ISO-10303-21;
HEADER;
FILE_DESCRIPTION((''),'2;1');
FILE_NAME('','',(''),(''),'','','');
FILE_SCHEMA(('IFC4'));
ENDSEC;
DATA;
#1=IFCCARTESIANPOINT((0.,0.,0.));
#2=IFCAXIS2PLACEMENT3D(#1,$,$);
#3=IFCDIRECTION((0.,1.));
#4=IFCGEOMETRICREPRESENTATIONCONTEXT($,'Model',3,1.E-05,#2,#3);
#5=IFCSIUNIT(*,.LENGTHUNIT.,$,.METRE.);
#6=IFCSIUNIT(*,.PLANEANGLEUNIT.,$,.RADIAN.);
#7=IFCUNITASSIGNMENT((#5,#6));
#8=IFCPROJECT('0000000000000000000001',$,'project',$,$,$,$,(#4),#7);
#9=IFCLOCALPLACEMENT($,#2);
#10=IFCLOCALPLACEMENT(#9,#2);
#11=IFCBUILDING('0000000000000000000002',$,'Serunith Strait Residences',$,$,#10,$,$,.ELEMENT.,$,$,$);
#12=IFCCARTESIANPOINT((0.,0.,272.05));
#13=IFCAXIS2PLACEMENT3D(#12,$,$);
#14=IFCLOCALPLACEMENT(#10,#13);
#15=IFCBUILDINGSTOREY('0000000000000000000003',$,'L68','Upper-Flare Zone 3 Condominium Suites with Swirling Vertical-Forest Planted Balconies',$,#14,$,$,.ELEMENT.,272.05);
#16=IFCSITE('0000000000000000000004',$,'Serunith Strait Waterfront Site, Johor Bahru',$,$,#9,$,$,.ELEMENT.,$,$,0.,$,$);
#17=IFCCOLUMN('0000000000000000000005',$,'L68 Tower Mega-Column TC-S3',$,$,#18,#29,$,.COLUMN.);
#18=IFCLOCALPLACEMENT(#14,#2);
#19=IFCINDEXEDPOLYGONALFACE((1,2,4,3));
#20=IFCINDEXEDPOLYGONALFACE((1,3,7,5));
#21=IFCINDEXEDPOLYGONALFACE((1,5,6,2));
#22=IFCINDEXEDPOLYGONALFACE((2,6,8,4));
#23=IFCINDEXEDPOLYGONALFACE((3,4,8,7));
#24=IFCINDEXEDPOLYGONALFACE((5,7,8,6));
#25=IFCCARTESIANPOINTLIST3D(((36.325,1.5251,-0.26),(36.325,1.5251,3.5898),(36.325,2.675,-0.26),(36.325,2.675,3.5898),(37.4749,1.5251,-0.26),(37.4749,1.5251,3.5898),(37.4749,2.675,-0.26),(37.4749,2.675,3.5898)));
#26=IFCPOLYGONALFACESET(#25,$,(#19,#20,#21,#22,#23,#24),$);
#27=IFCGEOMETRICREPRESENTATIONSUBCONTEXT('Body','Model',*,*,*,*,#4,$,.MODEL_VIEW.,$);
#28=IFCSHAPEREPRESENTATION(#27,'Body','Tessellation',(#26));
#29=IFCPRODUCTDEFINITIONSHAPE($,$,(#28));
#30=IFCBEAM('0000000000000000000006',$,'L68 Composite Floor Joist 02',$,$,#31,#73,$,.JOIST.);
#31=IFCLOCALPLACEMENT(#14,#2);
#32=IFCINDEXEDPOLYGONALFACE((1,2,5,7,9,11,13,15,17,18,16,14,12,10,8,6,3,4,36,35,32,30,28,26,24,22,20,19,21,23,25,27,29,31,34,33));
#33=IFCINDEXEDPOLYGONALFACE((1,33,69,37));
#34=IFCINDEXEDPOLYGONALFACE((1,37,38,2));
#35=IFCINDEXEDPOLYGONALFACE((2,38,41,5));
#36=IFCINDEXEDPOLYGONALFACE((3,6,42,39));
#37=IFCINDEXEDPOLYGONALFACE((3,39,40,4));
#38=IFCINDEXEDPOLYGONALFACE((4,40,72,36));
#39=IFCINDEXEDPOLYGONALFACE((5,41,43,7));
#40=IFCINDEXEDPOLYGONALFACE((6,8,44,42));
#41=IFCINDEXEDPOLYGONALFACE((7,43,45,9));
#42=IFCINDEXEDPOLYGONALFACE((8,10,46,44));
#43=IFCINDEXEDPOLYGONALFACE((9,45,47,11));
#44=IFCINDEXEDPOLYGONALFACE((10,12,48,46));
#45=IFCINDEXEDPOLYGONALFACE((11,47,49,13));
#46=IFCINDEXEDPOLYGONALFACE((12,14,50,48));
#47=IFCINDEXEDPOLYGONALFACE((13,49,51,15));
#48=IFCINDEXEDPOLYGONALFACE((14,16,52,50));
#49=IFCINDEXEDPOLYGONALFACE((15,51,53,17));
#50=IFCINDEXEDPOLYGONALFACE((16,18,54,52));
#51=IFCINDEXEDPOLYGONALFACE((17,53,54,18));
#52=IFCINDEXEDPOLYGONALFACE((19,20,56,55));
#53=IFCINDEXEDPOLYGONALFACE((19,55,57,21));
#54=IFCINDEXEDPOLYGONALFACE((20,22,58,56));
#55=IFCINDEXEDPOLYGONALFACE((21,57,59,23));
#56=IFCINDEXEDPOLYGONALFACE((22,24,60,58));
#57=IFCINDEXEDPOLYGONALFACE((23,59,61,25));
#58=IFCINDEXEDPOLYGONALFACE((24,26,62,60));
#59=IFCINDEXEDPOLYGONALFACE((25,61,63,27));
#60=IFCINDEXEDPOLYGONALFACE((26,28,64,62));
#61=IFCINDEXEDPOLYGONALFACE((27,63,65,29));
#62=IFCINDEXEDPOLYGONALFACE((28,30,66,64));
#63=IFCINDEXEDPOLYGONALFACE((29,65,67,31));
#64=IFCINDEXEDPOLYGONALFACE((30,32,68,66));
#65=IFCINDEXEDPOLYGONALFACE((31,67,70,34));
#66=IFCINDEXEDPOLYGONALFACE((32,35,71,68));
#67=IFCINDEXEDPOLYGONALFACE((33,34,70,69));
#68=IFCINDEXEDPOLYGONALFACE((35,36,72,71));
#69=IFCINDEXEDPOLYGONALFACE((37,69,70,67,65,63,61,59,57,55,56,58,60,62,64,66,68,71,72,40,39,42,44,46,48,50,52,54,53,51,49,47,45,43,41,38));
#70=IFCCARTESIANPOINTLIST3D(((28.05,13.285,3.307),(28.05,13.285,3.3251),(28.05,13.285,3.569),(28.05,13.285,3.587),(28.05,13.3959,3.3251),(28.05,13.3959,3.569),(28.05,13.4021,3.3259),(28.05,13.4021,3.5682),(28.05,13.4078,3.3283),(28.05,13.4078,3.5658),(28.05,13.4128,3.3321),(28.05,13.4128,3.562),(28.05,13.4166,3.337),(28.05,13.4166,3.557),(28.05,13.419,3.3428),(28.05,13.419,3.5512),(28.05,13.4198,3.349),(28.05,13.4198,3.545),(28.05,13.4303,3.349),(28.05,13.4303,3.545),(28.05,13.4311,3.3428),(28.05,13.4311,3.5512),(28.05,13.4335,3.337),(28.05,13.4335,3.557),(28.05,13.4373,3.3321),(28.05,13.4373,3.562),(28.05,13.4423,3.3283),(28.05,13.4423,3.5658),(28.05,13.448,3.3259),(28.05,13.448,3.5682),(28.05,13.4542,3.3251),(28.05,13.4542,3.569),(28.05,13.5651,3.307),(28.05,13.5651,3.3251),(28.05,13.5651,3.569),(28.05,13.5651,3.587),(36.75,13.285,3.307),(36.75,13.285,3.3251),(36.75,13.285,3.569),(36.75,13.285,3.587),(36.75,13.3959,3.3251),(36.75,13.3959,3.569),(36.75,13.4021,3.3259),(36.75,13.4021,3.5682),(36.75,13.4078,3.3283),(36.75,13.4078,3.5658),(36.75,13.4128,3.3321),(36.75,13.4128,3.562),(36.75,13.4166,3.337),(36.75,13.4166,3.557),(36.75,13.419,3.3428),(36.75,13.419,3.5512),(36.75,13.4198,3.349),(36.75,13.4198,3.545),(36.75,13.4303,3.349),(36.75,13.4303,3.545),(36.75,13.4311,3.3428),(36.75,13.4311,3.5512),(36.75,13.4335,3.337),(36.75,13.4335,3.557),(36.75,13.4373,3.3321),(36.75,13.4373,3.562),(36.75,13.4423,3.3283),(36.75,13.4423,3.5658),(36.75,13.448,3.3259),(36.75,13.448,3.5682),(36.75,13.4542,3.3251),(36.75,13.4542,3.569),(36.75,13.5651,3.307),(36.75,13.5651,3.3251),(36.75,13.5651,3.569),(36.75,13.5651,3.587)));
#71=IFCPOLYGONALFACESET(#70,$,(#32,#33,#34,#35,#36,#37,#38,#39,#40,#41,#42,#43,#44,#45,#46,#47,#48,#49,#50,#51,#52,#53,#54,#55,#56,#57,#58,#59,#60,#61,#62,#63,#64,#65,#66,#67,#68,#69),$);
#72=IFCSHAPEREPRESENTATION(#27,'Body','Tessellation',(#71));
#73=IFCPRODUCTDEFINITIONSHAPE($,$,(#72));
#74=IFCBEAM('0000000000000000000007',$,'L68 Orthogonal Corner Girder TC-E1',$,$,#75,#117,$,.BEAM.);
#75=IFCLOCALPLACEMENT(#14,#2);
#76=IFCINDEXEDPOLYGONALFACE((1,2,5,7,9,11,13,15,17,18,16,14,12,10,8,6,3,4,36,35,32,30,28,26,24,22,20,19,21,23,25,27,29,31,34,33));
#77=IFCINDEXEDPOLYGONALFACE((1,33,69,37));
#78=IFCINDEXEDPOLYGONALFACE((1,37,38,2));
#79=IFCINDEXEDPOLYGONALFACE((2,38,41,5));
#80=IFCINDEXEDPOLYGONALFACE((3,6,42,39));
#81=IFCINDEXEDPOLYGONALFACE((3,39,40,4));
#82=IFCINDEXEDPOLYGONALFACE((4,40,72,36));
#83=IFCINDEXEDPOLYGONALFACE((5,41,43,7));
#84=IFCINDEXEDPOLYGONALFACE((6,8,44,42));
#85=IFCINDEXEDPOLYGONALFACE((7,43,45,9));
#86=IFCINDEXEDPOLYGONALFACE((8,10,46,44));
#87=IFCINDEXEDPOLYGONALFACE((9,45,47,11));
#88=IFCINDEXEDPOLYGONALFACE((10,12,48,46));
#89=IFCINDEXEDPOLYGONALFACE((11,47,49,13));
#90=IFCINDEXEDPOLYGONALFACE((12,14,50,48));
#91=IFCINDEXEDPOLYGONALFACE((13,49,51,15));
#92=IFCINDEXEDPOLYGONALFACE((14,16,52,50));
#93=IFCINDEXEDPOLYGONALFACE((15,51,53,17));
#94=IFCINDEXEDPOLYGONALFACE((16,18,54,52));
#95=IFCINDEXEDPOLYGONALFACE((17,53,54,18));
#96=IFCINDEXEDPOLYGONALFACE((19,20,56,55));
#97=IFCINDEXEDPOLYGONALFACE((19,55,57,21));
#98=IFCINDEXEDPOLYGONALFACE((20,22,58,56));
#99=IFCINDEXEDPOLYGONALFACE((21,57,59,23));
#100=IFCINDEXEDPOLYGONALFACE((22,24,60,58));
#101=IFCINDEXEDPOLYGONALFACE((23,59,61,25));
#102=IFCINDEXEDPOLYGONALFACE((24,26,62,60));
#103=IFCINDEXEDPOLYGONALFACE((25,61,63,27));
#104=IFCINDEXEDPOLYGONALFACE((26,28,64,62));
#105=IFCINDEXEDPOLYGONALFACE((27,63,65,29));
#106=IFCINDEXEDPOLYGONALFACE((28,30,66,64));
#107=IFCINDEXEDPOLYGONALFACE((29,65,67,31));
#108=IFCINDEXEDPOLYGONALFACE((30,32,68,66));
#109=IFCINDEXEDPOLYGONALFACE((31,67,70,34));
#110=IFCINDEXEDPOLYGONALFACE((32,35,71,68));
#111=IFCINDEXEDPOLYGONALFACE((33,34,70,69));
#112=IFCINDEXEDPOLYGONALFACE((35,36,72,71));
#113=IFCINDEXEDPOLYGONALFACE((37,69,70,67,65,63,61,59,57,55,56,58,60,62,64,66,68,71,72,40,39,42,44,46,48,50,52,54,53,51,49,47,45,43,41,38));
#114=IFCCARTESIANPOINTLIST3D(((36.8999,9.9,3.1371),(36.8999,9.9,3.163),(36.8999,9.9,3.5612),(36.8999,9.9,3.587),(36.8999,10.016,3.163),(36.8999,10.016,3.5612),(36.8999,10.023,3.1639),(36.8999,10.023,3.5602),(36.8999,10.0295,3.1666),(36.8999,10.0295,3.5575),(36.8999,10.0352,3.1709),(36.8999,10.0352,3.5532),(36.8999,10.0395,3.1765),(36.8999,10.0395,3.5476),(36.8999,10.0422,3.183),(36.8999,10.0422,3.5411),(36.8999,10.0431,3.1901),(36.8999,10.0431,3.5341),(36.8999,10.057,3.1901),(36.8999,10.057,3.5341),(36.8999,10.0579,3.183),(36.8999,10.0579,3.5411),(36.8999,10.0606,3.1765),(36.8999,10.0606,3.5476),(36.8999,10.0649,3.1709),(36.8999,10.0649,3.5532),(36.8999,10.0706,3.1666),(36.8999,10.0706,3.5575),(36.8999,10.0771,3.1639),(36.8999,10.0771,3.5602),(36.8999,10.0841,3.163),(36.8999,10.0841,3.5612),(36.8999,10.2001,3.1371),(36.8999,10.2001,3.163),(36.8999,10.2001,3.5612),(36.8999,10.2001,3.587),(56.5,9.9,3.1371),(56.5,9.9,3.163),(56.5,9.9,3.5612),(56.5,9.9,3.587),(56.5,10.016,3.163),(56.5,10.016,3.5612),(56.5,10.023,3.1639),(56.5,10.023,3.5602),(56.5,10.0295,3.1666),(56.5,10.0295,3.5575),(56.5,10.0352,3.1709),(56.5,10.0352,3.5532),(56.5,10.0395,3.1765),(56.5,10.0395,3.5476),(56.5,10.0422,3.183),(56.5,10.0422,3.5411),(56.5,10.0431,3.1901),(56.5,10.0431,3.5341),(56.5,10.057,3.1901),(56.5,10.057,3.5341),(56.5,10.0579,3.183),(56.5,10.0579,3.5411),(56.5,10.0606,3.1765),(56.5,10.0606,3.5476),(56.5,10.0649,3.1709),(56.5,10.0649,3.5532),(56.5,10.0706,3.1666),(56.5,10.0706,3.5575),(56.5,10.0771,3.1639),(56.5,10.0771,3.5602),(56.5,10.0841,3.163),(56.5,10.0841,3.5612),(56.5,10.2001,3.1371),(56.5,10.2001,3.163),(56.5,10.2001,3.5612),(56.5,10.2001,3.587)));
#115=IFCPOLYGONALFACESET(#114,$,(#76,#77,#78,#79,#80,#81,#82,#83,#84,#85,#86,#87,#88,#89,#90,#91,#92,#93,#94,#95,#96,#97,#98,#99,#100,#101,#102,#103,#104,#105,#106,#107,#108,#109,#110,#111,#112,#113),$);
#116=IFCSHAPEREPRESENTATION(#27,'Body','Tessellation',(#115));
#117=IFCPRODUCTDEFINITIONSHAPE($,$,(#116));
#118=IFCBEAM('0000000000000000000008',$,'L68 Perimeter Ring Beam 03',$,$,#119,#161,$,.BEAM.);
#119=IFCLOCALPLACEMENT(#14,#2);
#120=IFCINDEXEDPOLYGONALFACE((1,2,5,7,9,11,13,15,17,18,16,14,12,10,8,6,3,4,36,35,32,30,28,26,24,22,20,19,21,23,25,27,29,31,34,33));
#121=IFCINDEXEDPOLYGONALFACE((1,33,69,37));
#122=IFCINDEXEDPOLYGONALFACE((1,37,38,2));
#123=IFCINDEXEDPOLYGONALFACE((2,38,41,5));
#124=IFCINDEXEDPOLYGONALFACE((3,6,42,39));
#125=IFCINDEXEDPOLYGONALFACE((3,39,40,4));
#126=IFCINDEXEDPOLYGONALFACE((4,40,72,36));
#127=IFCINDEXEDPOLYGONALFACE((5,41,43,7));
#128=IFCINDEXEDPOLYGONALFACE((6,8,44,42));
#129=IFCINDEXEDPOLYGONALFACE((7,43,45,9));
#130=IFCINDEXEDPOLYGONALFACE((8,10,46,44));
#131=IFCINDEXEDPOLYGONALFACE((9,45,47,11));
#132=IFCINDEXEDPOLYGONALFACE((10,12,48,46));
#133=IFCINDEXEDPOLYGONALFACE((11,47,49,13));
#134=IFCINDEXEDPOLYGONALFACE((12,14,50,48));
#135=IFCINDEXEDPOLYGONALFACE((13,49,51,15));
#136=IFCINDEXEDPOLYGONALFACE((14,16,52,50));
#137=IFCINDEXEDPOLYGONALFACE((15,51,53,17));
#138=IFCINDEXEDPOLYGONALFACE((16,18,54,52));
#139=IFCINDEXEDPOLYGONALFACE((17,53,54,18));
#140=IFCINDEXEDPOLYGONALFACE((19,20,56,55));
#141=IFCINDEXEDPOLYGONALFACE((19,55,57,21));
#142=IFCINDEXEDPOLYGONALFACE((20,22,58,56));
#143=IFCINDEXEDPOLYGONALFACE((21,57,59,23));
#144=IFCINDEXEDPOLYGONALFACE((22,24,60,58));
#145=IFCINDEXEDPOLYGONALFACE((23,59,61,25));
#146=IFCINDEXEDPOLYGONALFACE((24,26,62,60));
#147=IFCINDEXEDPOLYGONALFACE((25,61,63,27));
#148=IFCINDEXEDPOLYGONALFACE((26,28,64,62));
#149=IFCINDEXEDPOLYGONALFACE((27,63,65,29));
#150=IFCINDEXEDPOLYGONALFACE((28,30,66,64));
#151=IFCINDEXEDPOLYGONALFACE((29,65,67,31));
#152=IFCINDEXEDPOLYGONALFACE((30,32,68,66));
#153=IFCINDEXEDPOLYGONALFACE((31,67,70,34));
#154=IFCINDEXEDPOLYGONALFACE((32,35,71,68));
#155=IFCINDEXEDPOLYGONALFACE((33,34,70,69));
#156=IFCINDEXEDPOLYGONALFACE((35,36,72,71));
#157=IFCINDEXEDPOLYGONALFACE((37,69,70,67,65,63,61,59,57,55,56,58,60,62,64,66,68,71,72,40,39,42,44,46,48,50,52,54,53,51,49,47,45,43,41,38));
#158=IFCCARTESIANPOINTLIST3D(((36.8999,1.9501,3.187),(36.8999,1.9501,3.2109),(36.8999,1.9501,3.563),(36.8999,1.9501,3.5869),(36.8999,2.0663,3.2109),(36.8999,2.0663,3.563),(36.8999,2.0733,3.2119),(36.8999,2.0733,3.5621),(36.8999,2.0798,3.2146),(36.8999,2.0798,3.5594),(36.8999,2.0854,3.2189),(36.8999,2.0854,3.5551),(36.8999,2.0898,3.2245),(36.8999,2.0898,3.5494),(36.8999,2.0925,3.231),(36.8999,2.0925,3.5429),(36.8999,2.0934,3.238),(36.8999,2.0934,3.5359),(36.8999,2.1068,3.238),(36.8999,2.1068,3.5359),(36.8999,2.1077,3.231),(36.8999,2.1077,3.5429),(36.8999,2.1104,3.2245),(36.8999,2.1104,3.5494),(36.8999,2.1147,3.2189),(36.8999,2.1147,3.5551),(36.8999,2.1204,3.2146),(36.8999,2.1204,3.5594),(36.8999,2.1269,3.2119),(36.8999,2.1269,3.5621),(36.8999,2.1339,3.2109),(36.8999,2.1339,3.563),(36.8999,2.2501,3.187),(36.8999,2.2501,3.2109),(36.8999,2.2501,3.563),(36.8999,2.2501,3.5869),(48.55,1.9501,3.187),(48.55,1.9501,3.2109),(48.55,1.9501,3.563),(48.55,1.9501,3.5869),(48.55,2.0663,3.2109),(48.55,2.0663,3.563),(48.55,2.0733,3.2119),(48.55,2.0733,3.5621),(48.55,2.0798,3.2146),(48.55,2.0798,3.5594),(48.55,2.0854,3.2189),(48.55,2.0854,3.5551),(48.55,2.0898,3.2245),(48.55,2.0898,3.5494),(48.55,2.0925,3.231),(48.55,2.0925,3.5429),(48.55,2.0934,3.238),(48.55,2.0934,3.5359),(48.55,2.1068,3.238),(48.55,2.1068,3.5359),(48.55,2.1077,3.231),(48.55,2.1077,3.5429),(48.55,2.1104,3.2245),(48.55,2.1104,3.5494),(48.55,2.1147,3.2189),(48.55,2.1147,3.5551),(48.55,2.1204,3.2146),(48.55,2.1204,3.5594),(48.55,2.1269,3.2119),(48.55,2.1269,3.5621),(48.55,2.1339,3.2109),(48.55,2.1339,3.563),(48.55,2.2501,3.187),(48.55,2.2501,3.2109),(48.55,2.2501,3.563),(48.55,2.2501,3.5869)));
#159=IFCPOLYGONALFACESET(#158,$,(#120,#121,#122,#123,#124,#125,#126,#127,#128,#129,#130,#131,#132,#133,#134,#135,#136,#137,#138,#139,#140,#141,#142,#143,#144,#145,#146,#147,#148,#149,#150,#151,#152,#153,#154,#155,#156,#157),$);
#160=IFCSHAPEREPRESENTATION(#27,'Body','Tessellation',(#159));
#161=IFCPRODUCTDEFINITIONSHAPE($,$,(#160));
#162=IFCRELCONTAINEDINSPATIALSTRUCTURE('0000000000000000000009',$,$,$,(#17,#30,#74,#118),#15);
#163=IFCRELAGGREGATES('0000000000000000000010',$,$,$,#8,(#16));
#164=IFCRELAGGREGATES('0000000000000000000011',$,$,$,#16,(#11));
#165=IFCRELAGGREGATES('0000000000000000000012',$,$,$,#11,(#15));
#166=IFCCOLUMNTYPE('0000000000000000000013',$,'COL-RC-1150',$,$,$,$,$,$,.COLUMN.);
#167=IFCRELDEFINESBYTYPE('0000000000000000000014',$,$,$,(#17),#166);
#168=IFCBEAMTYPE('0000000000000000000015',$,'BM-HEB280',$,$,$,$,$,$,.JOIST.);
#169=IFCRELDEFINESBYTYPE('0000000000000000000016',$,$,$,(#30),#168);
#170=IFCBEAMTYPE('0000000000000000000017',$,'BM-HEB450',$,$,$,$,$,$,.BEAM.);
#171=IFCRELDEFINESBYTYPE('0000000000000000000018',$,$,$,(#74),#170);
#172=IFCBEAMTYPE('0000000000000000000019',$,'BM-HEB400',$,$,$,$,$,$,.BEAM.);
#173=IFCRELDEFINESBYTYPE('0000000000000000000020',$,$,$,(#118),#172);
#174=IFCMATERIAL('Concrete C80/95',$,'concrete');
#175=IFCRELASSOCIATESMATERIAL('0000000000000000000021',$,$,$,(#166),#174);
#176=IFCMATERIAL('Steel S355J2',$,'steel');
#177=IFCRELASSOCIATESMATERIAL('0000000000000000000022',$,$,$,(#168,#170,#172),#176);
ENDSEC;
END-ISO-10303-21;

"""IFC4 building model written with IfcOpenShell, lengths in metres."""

from ifc_helpers import new_model, si_unit, direction, frame, origin, origin_2d, place, context, subcontext, project, spatial, rectangle, i_section, extrude, source, transform, mapped, material, material_profile, profile_set, type_object, element, save


model = new_model("IFC4")

# Units and contexts
model_context = context("Model", 3, precision=1e-05, world=origin(), true_north=direction((0.0, 1.0)))
body_context = subcontext(model_context, "Body", "Model", "MODEL_VIEW")
ifc_project = project(units=[si_unit("LENGTHUNIT", "METRE"), si_unit("PLANEANGLEUNIT", "RADIAN")], contexts=[model_context])

# Site, building, storey
site_placement = place(None, origin())
site = spatial("IfcSite", under=ifc_project, at=site_placement, Name="Serunith Strait Waterfront Site, Johor Bahru", CompositionType="ELEMENT", RefElevation=0.0)
building_placement = place(site_placement, origin())
building = spatial("IfcBuilding", under=site, at=building_placement, Name="Serunith Strait Residences", CompositionType="ELEMENT")
storey_placement = place(building_placement, frame((0.0, 0.0, 272.05)))
storey = spatial("IfcBuildingStorey", under=building, at=storey_placement, Name="L68", Description="Upper-Flare Zone 3 Condominium Suites with Swirling Vertical-Forest Planted Balconies", CompositionType="ELEMENT", Elevation=272.05)

# Column
ifc_material_1 = material(Name="Concrete C80/95", Category="concrete")
ifc_material_profile_1 = material_profile(ifc_material_1, rectangle(XDim=1.1499, YDim=1.1499, at=origin_2d()), Name="RC 1150x1150")
ifc_profile_set_1 = profile_set([ifc_material_profile_1], Name="Concrete C80/95")
column_type = type_object("IfcColumnType", Name="COL-RC-1150", PredefinedType="COLUMN", material=ifc_profile_set_1)
shared_shape_1 = source(origin(), body_context, "Body", "SweptSolid", [
    extrude(rectangle(XDim=1.1499, YDim=1.1499, at=origin_2d()), origin(), (0.0, 0.0, 1.0), 3.8499),
])
column_placement = place(storey_placement, frame((36.8999, 2.1001, -0.26), z_axis=(0.0, 0.0, 1.0), x_axis=(1.0, 0.0, 0.0)))
element("IfcColumn", 1, at=column_placement, inside=storey, type_object=column_type, Name="L68 Tower Mega-Column TC-S3", PredefinedType="COLUMN", context=body_context, shape_type="MappedRepresentation", body=[
    mapped(shared_shape_1, transform((0.0, 0.0, 0.0), scale=1.0)),
])

# Beams
ifc_material_2 = material(Name="Steel S355J2", Category="steel")
ifc_material_profile_2 = material_profile(ifc_material_2, i_section(OverallWidth=0.28, OverallDepth=0.28, WebThickness=0.0105, FlangeThickness=0.0181, FilletRadius=0.0239, at=origin_2d()), Name="HEB 280")
ifc_profile_set_2 = profile_set([ifc_material_profile_2], Name="Steel S355J2")
beam_type_1 = type_object("IfcBeamType", Name="BM-HEB280", PredefinedType="JOIST", material=ifc_profile_set_2)
shared_shape_2 = source(origin(), body_context, "Body", "SweptSolid", [
    extrude(i_section(OverallWidth=0.28, OverallDepth=0.28, WebThickness=0.0105, FlangeThickness=0.0181, FilletRadius=0.0239, at=origin_2d()), origin(), (0.0, 0.0, 1.0), 8.7),
])
beam_1_placement = place(storey_placement, frame((28.05, 13.425, 3.447), z_axis=(1.0, 0.0, 0.0), x_axis=(0.0, 1.0, 0.0)))
element("IfcBeam", 2, at=beam_1_placement, inside=storey, type_object=beam_type_1, Name="L68 Composite Floor Joist 02", PredefinedType="JOIST", context=body_context, shape_type="MappedRepresentation", body=[
    mapped(shared_shape_2, transform((0.0, 0.0, 0.0), scale=1.0)),
])
ifc_material_profile_3 = material_profile(ifc_material_2, i_section(OverallWidth=0.3, OverallDepth=0.45, WebThickness=0.0139, FlangeThickness=0.0259, FilletRadius=0.0271, at=origin_2d()), Name="HEB 450")
ifc_profile_set_3 = profile_set([ifc_material_profile_3], Name="Steel S355J2")
beam_type_2 = type_object("IfcBeamType", Name="BM-HEB450", PredefinedType="BEAM", material=ifc_profile_set_3)
shared_shape_3 = source(origin(), body_context, "Body", "SweptSolid", [
    extrude(i_section(OverallWidth=0.3, OverallDepth=0.45, WebThickness=0.0139, FlangeThickness=0.0259, FilletRadius=0.0271, at=origin_2d()), origin(), (0.0, 0.0, 1.0), 19.6001),
])
beam_2_placement = place(storey_placement, frame((36.8999, 10.05, 3.3621), z_axis=(1.0, 0.0, 0.0), x_axis=(0.0, 1.0, 0.0)))
element("IfcBeam", 3, at=beam_2_placement, inside=storey, type_object=beam_type_2, Name="L68 Orthogonal Corner Girder TC-E1", PredefinedType="BEAM", context=body_context, shape_type="MappedRepresentation", body=[
    mapped(shared_shape_3, transform((0.0, 0.0, 0.0), scale=1.0)),
])
ifc_material_profile_4 = material_profile(ifc_material_2, i_section(OverallWidth=0.3, OverallDepth=0.3999, WebThickness=0.0134, FlangeThickness=0.0239, FilletRadius=0.0271, at=origin_2d()), Name="HEB 400")
ifc_profile_set_4 = profile_set([ifc_material_profile_4], Name="Steel S355J2")
beam_type_3 = type_object("IfcBeamType", Name="BM-HEB400", PredefinedType="BEAM", material=ifc_profile_set_4)
shared_shape_4 = source(origin(), body_context, "Body", "SweptSolid", [
    extrude(i_section(OverallWidth=0.3, OverallDepth=0.3999, WebThickness=0.0134, FlangeThickness=0.0239, FilletRadius=0.0271, at=origin_2d()), origin(), (0.0, 0.0, 1.0), 11.6501),
])
beam_3_placement = place(storey_placement, frame((36.8999, 2.1001, 3.387), z_axis=(1.0, 0.0, 0.0), x_axis=(0.0, 1.0, 0.0)))
element("IfcBeam", 4, at=beam_3_placement, inside=storey, type_object=beam_type_3, Name="L68 Perimeter Ring Beam 03", PredefinedType="BEAM", context=body_context, shape_type="MappedRepresentation", body=[
    mapped(shared_shape_4, transform((0.0, 0.0, 0.0), scale=1.0)),
])

save(model, "model.ifc")
